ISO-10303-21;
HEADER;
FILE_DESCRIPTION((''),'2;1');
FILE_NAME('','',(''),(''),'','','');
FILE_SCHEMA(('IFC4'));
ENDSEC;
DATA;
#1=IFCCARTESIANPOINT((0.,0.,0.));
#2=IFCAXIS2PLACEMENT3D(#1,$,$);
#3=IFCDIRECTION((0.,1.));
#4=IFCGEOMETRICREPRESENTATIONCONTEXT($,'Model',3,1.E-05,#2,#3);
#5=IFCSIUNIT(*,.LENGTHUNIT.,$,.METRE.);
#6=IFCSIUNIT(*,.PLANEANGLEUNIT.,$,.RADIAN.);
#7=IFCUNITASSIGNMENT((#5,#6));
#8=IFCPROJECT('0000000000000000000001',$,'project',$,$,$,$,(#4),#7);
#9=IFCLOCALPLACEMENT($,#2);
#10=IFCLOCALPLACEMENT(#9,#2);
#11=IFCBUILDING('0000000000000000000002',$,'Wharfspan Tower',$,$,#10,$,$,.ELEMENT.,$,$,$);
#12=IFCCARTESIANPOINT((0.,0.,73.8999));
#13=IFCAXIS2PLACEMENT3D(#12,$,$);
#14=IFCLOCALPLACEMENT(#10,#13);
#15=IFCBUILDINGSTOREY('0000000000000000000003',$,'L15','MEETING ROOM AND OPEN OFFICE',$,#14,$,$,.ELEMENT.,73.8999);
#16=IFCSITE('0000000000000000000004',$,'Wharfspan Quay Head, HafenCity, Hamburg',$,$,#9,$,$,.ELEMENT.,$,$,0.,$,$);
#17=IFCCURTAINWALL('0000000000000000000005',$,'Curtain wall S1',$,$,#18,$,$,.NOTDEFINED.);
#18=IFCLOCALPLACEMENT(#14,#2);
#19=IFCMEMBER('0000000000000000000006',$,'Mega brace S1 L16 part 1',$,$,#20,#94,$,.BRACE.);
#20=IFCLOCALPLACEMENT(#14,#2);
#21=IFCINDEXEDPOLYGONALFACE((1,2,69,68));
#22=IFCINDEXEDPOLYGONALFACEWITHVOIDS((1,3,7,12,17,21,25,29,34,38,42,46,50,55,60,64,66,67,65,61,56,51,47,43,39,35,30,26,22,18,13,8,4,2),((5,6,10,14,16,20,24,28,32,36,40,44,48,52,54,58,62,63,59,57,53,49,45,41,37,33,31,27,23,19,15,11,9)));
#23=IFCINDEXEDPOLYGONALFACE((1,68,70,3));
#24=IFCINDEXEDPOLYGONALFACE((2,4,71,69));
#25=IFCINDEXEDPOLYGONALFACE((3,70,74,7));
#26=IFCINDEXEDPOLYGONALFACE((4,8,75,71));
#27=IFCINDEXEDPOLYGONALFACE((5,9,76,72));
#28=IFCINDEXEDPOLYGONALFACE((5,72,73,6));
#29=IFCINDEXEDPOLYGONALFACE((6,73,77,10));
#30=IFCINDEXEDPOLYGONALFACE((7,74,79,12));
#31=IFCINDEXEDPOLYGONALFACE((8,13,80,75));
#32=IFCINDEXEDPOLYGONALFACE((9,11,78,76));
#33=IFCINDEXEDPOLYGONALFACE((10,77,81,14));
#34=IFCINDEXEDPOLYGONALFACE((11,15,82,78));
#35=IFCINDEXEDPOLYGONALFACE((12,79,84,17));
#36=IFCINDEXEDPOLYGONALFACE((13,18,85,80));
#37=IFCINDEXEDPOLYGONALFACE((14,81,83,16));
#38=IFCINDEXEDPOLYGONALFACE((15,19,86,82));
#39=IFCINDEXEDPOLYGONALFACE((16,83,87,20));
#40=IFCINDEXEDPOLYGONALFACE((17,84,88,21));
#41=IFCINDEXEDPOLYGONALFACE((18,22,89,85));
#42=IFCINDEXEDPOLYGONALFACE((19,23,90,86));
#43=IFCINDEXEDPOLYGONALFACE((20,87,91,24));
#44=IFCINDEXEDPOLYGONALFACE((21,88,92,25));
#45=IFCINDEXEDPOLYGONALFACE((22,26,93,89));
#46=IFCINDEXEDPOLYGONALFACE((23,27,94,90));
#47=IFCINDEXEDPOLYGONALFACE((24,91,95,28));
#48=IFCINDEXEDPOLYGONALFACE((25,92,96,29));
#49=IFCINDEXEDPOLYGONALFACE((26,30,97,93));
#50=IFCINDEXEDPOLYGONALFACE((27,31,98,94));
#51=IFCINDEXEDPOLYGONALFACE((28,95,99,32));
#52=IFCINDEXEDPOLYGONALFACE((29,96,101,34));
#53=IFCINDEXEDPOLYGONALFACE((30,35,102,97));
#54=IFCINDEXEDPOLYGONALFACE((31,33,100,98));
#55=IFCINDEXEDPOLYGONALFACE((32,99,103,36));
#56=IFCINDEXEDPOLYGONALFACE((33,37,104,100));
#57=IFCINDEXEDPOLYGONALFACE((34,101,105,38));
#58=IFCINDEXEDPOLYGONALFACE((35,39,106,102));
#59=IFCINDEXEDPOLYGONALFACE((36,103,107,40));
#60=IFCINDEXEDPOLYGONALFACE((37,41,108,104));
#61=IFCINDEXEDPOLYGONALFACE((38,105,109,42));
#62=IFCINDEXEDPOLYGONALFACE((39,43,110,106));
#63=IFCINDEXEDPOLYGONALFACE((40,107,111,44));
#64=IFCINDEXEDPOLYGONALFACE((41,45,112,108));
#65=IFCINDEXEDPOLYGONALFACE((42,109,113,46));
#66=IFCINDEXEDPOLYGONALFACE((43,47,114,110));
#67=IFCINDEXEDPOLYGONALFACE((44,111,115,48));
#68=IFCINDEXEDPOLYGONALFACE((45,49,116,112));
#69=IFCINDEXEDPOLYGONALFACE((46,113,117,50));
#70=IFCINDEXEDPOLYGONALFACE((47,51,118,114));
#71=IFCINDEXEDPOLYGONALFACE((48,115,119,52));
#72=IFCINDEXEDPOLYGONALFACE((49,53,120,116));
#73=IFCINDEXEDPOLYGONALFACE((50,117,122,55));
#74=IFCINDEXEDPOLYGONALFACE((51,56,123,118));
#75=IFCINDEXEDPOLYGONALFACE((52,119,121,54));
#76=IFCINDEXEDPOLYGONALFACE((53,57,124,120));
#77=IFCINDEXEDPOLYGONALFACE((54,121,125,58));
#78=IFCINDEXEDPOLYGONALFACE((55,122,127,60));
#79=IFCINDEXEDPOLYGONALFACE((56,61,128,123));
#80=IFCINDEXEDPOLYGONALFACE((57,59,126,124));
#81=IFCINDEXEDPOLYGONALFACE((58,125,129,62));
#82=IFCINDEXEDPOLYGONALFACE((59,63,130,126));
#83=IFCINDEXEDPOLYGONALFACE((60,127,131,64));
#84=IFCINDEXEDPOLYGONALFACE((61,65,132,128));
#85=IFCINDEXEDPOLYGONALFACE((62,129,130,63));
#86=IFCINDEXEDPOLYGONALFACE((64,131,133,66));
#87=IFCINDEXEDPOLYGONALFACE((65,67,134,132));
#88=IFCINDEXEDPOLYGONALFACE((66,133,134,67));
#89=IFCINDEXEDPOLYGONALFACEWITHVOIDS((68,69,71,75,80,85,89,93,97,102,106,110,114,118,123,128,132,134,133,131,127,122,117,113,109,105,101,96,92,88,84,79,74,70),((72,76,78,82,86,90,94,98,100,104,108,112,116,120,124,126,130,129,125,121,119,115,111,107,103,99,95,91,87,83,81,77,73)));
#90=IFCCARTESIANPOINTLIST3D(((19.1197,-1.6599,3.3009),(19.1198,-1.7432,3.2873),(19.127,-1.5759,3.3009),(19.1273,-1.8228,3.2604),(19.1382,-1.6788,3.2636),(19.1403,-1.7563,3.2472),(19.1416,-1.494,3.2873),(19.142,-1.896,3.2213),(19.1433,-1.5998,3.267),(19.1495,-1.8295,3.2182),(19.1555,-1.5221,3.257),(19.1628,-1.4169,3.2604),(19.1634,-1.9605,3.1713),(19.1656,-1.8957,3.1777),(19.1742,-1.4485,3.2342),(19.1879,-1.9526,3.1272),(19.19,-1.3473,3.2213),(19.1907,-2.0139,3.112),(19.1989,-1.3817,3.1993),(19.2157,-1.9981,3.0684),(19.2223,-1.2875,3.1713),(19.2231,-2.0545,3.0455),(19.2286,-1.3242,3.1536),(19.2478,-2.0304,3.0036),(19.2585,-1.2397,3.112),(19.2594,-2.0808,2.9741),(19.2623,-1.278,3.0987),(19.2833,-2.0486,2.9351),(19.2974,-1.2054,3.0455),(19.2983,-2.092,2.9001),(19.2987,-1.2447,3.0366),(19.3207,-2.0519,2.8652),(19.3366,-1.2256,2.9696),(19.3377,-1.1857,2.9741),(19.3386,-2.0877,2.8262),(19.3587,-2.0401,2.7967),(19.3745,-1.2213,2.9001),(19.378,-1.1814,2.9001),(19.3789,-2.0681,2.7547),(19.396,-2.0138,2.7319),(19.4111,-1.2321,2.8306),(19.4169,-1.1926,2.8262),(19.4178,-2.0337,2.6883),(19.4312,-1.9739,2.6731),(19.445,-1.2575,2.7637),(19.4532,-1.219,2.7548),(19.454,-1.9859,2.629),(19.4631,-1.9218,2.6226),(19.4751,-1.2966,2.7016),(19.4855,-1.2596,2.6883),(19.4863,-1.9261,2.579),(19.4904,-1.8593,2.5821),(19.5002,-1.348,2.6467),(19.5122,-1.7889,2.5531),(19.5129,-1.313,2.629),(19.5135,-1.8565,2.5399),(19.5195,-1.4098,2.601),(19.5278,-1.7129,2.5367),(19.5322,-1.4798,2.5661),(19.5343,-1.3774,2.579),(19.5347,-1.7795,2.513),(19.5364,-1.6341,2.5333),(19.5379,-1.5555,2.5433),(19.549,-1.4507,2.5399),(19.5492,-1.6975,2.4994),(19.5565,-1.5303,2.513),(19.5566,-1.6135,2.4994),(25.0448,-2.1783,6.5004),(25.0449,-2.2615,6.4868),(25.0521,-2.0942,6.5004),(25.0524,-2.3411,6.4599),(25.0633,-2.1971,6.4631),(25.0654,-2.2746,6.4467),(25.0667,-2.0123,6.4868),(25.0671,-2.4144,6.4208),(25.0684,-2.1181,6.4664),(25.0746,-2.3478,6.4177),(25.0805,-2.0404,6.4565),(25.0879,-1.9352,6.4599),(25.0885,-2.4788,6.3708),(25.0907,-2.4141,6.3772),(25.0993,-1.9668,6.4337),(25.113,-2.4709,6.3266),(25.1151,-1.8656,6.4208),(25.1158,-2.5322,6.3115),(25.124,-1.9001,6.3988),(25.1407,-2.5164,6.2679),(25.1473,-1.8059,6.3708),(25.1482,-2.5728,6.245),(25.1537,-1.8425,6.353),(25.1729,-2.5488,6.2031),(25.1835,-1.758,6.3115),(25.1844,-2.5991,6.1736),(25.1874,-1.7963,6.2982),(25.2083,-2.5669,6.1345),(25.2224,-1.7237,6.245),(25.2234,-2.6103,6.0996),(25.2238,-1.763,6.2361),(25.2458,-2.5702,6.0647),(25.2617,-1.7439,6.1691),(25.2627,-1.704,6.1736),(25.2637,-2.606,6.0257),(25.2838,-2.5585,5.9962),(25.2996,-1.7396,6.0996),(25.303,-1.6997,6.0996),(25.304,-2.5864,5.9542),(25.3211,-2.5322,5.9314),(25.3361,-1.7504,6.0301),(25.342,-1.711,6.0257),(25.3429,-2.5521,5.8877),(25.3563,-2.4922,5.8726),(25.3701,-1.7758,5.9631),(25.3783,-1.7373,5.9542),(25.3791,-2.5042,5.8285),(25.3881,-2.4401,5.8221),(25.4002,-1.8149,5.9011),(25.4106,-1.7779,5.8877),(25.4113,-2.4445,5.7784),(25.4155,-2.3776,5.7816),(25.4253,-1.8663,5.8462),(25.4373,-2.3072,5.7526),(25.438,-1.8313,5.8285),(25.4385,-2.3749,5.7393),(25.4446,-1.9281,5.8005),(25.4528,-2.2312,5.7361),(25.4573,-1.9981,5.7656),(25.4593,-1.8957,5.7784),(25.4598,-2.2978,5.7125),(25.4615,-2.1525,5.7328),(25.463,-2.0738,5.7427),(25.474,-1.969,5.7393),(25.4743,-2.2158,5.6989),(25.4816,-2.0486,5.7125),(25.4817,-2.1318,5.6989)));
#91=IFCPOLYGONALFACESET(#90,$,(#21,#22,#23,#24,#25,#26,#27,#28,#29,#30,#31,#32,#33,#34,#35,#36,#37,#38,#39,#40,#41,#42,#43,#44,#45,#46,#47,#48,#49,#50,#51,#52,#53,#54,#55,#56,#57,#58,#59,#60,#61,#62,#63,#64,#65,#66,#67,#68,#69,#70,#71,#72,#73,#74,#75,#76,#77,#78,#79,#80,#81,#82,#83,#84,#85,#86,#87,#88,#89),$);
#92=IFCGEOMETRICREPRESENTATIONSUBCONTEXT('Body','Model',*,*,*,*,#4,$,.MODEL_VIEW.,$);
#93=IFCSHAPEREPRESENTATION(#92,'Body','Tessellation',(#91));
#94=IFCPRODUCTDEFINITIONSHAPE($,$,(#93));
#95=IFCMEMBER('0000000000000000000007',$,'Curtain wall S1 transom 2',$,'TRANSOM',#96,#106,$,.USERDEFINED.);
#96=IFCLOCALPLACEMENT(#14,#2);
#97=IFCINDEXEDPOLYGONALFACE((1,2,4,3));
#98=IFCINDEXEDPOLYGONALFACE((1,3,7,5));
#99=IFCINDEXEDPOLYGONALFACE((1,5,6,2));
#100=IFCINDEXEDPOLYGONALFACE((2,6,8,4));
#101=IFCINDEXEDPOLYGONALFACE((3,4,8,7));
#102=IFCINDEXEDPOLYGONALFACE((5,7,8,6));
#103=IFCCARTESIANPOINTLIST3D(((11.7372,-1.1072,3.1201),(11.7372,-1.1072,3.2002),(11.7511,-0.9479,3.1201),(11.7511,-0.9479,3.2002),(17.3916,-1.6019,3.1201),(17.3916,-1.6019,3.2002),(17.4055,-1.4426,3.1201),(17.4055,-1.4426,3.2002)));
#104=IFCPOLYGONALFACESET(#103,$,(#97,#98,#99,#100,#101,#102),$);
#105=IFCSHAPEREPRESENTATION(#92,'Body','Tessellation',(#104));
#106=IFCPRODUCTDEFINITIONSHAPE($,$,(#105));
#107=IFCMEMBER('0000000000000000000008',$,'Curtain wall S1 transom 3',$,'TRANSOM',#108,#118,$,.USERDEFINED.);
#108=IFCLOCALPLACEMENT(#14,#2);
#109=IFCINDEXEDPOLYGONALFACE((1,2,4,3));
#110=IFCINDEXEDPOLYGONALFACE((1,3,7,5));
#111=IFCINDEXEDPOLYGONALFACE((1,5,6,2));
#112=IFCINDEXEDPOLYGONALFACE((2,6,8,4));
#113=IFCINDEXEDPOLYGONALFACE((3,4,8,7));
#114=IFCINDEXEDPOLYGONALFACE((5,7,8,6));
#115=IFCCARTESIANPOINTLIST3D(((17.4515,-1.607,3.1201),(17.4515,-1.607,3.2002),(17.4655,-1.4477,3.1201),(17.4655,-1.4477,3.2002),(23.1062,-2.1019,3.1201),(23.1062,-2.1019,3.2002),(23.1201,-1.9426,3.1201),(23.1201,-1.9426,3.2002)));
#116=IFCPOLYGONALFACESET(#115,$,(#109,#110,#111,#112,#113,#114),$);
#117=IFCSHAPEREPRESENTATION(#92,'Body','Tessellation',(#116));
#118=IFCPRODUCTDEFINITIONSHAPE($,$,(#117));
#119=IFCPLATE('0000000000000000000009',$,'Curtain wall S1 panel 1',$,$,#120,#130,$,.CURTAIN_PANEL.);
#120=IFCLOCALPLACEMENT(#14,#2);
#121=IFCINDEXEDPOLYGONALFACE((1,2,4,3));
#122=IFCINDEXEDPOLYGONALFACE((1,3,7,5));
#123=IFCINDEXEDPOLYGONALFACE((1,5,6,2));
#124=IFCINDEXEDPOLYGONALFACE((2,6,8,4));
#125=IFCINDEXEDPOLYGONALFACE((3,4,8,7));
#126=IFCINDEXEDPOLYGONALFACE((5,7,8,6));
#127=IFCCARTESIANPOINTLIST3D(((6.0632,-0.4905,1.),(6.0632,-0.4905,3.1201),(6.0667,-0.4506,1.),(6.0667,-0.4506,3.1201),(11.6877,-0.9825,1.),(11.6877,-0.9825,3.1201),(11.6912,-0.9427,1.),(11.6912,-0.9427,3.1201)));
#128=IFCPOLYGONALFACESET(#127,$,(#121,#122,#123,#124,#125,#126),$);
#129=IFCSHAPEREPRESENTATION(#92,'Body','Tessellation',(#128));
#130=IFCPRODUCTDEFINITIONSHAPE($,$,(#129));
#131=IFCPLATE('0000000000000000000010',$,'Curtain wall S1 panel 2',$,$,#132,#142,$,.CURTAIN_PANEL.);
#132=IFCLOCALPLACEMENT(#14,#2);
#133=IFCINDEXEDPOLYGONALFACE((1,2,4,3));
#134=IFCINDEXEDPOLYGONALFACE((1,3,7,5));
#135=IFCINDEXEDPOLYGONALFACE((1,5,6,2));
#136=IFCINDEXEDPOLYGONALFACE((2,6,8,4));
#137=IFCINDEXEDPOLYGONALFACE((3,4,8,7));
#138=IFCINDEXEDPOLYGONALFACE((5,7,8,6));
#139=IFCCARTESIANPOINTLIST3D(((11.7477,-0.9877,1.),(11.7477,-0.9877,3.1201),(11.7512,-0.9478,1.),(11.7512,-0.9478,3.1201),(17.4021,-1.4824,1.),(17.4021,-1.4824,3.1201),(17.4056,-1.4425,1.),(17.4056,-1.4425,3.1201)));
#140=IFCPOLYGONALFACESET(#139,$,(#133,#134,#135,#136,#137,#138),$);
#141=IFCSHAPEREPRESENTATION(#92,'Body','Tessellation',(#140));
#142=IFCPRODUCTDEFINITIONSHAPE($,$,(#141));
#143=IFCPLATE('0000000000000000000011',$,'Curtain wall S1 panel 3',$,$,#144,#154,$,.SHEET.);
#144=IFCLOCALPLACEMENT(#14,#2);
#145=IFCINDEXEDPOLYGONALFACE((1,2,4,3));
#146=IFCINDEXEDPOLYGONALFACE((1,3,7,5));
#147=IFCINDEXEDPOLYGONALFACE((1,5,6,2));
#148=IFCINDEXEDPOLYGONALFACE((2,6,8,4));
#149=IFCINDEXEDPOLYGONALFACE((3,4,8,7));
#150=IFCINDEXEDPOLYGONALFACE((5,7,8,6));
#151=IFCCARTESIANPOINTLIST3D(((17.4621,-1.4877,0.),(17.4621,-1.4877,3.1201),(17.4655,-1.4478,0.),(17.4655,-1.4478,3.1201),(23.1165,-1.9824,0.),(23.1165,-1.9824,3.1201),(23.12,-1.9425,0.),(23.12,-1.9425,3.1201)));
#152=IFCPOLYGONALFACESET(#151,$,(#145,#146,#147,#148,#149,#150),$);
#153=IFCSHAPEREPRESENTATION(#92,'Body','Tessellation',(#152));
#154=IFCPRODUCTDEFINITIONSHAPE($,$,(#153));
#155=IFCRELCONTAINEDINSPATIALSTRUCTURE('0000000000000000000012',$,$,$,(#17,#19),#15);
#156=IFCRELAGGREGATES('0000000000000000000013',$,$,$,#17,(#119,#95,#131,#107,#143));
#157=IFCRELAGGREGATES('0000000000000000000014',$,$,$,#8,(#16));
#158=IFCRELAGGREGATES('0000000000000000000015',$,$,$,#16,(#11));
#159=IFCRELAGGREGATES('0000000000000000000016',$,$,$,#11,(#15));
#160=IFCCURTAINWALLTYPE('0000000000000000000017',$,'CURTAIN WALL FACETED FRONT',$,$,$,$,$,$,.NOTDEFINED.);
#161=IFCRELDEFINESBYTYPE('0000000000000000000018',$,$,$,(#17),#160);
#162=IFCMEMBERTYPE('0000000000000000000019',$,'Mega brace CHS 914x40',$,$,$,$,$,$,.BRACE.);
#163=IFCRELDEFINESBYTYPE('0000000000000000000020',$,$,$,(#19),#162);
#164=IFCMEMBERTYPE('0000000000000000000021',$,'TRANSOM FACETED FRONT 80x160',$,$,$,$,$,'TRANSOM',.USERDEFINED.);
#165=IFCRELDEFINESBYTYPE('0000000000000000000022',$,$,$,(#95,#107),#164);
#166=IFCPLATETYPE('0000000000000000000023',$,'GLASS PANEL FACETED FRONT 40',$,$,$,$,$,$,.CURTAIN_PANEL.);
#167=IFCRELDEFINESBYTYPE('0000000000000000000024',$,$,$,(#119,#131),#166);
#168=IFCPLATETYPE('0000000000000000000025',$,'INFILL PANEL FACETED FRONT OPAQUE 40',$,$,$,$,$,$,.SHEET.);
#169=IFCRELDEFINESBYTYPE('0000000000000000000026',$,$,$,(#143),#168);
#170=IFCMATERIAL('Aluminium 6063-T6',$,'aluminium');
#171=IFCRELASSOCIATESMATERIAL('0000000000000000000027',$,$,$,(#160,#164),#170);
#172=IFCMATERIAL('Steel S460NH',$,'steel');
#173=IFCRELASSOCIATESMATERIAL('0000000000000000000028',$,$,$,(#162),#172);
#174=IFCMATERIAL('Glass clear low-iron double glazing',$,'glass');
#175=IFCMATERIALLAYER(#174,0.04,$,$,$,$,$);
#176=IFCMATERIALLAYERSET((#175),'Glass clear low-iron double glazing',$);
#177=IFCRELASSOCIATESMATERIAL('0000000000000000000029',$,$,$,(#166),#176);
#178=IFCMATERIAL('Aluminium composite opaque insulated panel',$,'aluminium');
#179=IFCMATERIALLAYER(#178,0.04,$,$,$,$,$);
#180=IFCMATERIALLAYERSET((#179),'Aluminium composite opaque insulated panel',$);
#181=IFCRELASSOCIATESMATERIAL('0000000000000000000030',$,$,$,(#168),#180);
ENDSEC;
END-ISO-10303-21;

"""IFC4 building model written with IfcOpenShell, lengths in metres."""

from ifc_helpers import new_model, si_unit, direction, frame, origin, origin_2d, place, context, subcontext, project, spatial, rectangle, hollow_circle, extrude, material, layer, layer_set, material_profile, profile_set, type_object, element, aggregate, save


model = new_model("IFC4")

# Units and contexts
model_context = context("Model", 3, precision=1e-05, world=origin(), true_north=direction((0.0, 1.0)))
body_context = subcontext(model_context, "Body", "Model", "MODEL_VIEW")
ifc_project = project(units=[si_unit("LENGTHUNIT", "METRE"), si_unit("PLANEANGLEUNIT", "RADIAN")], contexts=[model_context])

# Site, building, storey
site_placement = place(None, origin())
site = spatial("IfcSite", under=ifc_project, at=site_placement, Name="Wharfspan Quay Head, HafenCity, Hamburg", CompositionType="ELEMENT", RefElevation=0.0)
building_placement = place(site_placement, origin())
building = spatial("IfcBuilding", under=site, at=building_placement, Name="Wharfspan Tower", CompositionType="ELEMENT")
storey_placement = place(building_placement, frame((0.0, 0.0, 73.8999)))
storey = spatial("IfcBuildingStorey", under=building, at=storey_placement, Name="L15", Description="MEETING ROOM AND OPEN OFFICE", CompositionType="ELEMENT", Elevation=73.8999)

# Curtain wall
ifc_material_1 = material(Name="Aluminium 6063-T6", Category="aluminium")
curtain_wall_type = type_object("IfcCurtainWallType", Name="CURTAIN WALL FACETED FRONT", PredefinedType="NOTDEFINED", material=ifc_material_1)
curtain_wall_placement = place(storey_placement, origin())
curtain_wall = element("IfcCurtainWall", 1, at=curtain_wall_placement, inside=storey, type_object=curtain_wall_type, Name="Curtain wall S1", PredefinedType="NOTDEFINED")

# Members
ifc_material_2 = material(Name="Steel S460NH", Category="steel")
ifc_material_profile_1 = material_profile(ifc_material_2, hollow_circle(Radius=0.457, WallThickness=0.04, at=origin_2d()))
ifc_profile_set_1 = profile_set([ifc_material_profile_1], Name="Steel S460NH")
member_type_1 = type_object("IfcMemberType", Name="Mega brace CHS 914x40", PredefinedType="BRACE", material=ifc_profile_set_1)
member_1_placement = place(storey_placement, frame((19.3381, -1.6367, 2.9001), z_axis=(0.877314, -0.076746, 0.47374), x_axis=(0.087144, 0.996196, 0.000003)))
element("IfcMember", 2, at=member_1_placement, inside=storey, type_object=member_type_1, Name="Mega brace S1 L16 part 1", PredefinedType="BRACE", context=body_context, shape_type="SweptSolid", body=[
    extrude(hollow_circle(Radius=0.457, WallThickness=0.04, at=origin_2d()), origin(), (0.0, 0.0, 1.0), 6.7537),
])
ifc_material_profile_2 = material_profile(ifc_material_1, rectangle(XDim=0.1599, YDim=0.0801, at=origin_2d()))
ifc_profile_set_2 = profile_set([ifc_material_profile_2], Name="Aluminium 6063-T6")
member_type_2 = type_object("IfcMemberType", Name="TRANSOM FACETED FRONT 80x160", ElementType="TRANSOM", PredefinedType="USERDEFINED", material=ifc_profile_set_2)
member_2_placement = place(storey_placement, frame((11.7441, -1.0276, 3.1602), z_axis=(0.996196, -0.087142, 0.0), x_axis=(0.087142, 0.996196, 0.0)))
member_2 = element("IfcMember", 3, at=member_2_placement, type_object=member_type_2, Name="Curtain wall S1 transom 2", ObjectType="TRANSOM", PredefinedType="USERDEFINED", context=body_context, shape_type="SweptSolid", body=[
    extrude(rectangle(XDim=0.1599, YDim=0.0801, at=origin_2d()), origin(), (0.0, 0.0, 1.0), 5.676),
])
member_3_placement = place(storey_placement, frame((17.4585, -1.5273, 3.1602), z_axis=(0.996192, -0.087185, 0.0), x_axis=(0.087185, 0.996192, 0.0)))
member_3 = element("IfcMember", 4, at=member_3_placement, type_object=member_type_2, Name="Curtain wall S1 transom 3", ObjectType="TRANSOM", PredefinedType="USERDEFINED", context=body_context, shape_type="SweptSolid", body=[
    extrude(rectangle(XDim=0.1599, YDim=0.0801, at=origin_2d()), origin(), (0.0, 0.0, 1.0), 5.6763),
])

# Plates
ifc_material_3 = material(Name="Glass clear low-iron double glazing", Category="glass")
ifc_layer_1 = layer(ifc_material_3, 0.04)
ifc_layer_set_1 = layer_set([ifc_layer_1], Name="Glass clear low-iron double glazing")
plate_type_1 = type_object("IfcPlateType", Name="GLASS PANEL FACETED FRONT 40", PredefinedType="CURTAIN_PANEL", material=ifc_layer_set_1)
plate_1_placement = place(storey_placement, frame((8.8772, -0.7166, 1.0), z_axis=(0.0, 0.0, 1.0), x_axis=(0.996197, -0.087156, 0.0)))
plate_1 = element("IfcPlate", 5, at=plate_1_placement, type_object=plate_type_1, Name="Curtain wall S1 panel 1", PredefinedType="CURTAIN_PANEL", context=body_context, shape_type="SweptSolid", body=[
    extrude(rectangle(XDim=5.646, YDim=0.04, at=origin_2d()), origin(), (0.0, 0.0, 1.0), 2.1201),
])
plate_2_placement = place(storey_placement, frame((14.5767, -1.2151, 1.0), z_axis=(0.0, 0.0, 1.0), x_axis=(0.996197, -0.087156, 0.0)))
plate_2 = element("IfcPlate", 6, at=plate_2_placement, type_object=plate_type_1, Name="Curtain wall S1 panel 2", PredefinedType="CURTAIN_PANEL", context=body_context, shape_type="SweptSolid", body=[
    extrude(rectangle(XDim=5.676, YDim=0.04, at=origin_2d()), origin(), (0.0, 0.0, 1.0), 2.1201),
])
ifc_material_4 = material(Name="Aluminium composite opaque insulated panel", Category="aluminium")
ifc_layer_2 = layer(ifc_material_4, 0.04)
ifc_layer_set_2 = layer_set([ifc_layer_2], Name="Aluminium composite opaque insulated panel")
plate_type_2 = type_object("IfcPlateType", Name="INFILL PANEL FACETED FRONT OPAQUE 40", PredefinedType="SHEET", material=ifc_layer_set_2)
plate_3_placement = place(storey_placement, frame((20.291, -1.7151, 0.0), z_axis=(0.0, 0.0, 1.0), x_axis=(0.996197, -0.087156, 0.0)))
plate_3 = element("IfcPlate", 7, at=plate_3_placement, type_object=plate_type_2, Name="Curtain wall S1 panel 3", PredefinedType="SHEET", context=body_context, shape_type="SweptSolid", body=[
    extrude(rectangle(XDim=5.676, YDim=0.04, at=origin_2d()), origin(), (0.0, 0.0, 1.0), 3.1201),
])
aggregate(curtain_wall, [plate_1, member_2, plate_2, member_3, plate_3])

save(model, "model.ifc")
